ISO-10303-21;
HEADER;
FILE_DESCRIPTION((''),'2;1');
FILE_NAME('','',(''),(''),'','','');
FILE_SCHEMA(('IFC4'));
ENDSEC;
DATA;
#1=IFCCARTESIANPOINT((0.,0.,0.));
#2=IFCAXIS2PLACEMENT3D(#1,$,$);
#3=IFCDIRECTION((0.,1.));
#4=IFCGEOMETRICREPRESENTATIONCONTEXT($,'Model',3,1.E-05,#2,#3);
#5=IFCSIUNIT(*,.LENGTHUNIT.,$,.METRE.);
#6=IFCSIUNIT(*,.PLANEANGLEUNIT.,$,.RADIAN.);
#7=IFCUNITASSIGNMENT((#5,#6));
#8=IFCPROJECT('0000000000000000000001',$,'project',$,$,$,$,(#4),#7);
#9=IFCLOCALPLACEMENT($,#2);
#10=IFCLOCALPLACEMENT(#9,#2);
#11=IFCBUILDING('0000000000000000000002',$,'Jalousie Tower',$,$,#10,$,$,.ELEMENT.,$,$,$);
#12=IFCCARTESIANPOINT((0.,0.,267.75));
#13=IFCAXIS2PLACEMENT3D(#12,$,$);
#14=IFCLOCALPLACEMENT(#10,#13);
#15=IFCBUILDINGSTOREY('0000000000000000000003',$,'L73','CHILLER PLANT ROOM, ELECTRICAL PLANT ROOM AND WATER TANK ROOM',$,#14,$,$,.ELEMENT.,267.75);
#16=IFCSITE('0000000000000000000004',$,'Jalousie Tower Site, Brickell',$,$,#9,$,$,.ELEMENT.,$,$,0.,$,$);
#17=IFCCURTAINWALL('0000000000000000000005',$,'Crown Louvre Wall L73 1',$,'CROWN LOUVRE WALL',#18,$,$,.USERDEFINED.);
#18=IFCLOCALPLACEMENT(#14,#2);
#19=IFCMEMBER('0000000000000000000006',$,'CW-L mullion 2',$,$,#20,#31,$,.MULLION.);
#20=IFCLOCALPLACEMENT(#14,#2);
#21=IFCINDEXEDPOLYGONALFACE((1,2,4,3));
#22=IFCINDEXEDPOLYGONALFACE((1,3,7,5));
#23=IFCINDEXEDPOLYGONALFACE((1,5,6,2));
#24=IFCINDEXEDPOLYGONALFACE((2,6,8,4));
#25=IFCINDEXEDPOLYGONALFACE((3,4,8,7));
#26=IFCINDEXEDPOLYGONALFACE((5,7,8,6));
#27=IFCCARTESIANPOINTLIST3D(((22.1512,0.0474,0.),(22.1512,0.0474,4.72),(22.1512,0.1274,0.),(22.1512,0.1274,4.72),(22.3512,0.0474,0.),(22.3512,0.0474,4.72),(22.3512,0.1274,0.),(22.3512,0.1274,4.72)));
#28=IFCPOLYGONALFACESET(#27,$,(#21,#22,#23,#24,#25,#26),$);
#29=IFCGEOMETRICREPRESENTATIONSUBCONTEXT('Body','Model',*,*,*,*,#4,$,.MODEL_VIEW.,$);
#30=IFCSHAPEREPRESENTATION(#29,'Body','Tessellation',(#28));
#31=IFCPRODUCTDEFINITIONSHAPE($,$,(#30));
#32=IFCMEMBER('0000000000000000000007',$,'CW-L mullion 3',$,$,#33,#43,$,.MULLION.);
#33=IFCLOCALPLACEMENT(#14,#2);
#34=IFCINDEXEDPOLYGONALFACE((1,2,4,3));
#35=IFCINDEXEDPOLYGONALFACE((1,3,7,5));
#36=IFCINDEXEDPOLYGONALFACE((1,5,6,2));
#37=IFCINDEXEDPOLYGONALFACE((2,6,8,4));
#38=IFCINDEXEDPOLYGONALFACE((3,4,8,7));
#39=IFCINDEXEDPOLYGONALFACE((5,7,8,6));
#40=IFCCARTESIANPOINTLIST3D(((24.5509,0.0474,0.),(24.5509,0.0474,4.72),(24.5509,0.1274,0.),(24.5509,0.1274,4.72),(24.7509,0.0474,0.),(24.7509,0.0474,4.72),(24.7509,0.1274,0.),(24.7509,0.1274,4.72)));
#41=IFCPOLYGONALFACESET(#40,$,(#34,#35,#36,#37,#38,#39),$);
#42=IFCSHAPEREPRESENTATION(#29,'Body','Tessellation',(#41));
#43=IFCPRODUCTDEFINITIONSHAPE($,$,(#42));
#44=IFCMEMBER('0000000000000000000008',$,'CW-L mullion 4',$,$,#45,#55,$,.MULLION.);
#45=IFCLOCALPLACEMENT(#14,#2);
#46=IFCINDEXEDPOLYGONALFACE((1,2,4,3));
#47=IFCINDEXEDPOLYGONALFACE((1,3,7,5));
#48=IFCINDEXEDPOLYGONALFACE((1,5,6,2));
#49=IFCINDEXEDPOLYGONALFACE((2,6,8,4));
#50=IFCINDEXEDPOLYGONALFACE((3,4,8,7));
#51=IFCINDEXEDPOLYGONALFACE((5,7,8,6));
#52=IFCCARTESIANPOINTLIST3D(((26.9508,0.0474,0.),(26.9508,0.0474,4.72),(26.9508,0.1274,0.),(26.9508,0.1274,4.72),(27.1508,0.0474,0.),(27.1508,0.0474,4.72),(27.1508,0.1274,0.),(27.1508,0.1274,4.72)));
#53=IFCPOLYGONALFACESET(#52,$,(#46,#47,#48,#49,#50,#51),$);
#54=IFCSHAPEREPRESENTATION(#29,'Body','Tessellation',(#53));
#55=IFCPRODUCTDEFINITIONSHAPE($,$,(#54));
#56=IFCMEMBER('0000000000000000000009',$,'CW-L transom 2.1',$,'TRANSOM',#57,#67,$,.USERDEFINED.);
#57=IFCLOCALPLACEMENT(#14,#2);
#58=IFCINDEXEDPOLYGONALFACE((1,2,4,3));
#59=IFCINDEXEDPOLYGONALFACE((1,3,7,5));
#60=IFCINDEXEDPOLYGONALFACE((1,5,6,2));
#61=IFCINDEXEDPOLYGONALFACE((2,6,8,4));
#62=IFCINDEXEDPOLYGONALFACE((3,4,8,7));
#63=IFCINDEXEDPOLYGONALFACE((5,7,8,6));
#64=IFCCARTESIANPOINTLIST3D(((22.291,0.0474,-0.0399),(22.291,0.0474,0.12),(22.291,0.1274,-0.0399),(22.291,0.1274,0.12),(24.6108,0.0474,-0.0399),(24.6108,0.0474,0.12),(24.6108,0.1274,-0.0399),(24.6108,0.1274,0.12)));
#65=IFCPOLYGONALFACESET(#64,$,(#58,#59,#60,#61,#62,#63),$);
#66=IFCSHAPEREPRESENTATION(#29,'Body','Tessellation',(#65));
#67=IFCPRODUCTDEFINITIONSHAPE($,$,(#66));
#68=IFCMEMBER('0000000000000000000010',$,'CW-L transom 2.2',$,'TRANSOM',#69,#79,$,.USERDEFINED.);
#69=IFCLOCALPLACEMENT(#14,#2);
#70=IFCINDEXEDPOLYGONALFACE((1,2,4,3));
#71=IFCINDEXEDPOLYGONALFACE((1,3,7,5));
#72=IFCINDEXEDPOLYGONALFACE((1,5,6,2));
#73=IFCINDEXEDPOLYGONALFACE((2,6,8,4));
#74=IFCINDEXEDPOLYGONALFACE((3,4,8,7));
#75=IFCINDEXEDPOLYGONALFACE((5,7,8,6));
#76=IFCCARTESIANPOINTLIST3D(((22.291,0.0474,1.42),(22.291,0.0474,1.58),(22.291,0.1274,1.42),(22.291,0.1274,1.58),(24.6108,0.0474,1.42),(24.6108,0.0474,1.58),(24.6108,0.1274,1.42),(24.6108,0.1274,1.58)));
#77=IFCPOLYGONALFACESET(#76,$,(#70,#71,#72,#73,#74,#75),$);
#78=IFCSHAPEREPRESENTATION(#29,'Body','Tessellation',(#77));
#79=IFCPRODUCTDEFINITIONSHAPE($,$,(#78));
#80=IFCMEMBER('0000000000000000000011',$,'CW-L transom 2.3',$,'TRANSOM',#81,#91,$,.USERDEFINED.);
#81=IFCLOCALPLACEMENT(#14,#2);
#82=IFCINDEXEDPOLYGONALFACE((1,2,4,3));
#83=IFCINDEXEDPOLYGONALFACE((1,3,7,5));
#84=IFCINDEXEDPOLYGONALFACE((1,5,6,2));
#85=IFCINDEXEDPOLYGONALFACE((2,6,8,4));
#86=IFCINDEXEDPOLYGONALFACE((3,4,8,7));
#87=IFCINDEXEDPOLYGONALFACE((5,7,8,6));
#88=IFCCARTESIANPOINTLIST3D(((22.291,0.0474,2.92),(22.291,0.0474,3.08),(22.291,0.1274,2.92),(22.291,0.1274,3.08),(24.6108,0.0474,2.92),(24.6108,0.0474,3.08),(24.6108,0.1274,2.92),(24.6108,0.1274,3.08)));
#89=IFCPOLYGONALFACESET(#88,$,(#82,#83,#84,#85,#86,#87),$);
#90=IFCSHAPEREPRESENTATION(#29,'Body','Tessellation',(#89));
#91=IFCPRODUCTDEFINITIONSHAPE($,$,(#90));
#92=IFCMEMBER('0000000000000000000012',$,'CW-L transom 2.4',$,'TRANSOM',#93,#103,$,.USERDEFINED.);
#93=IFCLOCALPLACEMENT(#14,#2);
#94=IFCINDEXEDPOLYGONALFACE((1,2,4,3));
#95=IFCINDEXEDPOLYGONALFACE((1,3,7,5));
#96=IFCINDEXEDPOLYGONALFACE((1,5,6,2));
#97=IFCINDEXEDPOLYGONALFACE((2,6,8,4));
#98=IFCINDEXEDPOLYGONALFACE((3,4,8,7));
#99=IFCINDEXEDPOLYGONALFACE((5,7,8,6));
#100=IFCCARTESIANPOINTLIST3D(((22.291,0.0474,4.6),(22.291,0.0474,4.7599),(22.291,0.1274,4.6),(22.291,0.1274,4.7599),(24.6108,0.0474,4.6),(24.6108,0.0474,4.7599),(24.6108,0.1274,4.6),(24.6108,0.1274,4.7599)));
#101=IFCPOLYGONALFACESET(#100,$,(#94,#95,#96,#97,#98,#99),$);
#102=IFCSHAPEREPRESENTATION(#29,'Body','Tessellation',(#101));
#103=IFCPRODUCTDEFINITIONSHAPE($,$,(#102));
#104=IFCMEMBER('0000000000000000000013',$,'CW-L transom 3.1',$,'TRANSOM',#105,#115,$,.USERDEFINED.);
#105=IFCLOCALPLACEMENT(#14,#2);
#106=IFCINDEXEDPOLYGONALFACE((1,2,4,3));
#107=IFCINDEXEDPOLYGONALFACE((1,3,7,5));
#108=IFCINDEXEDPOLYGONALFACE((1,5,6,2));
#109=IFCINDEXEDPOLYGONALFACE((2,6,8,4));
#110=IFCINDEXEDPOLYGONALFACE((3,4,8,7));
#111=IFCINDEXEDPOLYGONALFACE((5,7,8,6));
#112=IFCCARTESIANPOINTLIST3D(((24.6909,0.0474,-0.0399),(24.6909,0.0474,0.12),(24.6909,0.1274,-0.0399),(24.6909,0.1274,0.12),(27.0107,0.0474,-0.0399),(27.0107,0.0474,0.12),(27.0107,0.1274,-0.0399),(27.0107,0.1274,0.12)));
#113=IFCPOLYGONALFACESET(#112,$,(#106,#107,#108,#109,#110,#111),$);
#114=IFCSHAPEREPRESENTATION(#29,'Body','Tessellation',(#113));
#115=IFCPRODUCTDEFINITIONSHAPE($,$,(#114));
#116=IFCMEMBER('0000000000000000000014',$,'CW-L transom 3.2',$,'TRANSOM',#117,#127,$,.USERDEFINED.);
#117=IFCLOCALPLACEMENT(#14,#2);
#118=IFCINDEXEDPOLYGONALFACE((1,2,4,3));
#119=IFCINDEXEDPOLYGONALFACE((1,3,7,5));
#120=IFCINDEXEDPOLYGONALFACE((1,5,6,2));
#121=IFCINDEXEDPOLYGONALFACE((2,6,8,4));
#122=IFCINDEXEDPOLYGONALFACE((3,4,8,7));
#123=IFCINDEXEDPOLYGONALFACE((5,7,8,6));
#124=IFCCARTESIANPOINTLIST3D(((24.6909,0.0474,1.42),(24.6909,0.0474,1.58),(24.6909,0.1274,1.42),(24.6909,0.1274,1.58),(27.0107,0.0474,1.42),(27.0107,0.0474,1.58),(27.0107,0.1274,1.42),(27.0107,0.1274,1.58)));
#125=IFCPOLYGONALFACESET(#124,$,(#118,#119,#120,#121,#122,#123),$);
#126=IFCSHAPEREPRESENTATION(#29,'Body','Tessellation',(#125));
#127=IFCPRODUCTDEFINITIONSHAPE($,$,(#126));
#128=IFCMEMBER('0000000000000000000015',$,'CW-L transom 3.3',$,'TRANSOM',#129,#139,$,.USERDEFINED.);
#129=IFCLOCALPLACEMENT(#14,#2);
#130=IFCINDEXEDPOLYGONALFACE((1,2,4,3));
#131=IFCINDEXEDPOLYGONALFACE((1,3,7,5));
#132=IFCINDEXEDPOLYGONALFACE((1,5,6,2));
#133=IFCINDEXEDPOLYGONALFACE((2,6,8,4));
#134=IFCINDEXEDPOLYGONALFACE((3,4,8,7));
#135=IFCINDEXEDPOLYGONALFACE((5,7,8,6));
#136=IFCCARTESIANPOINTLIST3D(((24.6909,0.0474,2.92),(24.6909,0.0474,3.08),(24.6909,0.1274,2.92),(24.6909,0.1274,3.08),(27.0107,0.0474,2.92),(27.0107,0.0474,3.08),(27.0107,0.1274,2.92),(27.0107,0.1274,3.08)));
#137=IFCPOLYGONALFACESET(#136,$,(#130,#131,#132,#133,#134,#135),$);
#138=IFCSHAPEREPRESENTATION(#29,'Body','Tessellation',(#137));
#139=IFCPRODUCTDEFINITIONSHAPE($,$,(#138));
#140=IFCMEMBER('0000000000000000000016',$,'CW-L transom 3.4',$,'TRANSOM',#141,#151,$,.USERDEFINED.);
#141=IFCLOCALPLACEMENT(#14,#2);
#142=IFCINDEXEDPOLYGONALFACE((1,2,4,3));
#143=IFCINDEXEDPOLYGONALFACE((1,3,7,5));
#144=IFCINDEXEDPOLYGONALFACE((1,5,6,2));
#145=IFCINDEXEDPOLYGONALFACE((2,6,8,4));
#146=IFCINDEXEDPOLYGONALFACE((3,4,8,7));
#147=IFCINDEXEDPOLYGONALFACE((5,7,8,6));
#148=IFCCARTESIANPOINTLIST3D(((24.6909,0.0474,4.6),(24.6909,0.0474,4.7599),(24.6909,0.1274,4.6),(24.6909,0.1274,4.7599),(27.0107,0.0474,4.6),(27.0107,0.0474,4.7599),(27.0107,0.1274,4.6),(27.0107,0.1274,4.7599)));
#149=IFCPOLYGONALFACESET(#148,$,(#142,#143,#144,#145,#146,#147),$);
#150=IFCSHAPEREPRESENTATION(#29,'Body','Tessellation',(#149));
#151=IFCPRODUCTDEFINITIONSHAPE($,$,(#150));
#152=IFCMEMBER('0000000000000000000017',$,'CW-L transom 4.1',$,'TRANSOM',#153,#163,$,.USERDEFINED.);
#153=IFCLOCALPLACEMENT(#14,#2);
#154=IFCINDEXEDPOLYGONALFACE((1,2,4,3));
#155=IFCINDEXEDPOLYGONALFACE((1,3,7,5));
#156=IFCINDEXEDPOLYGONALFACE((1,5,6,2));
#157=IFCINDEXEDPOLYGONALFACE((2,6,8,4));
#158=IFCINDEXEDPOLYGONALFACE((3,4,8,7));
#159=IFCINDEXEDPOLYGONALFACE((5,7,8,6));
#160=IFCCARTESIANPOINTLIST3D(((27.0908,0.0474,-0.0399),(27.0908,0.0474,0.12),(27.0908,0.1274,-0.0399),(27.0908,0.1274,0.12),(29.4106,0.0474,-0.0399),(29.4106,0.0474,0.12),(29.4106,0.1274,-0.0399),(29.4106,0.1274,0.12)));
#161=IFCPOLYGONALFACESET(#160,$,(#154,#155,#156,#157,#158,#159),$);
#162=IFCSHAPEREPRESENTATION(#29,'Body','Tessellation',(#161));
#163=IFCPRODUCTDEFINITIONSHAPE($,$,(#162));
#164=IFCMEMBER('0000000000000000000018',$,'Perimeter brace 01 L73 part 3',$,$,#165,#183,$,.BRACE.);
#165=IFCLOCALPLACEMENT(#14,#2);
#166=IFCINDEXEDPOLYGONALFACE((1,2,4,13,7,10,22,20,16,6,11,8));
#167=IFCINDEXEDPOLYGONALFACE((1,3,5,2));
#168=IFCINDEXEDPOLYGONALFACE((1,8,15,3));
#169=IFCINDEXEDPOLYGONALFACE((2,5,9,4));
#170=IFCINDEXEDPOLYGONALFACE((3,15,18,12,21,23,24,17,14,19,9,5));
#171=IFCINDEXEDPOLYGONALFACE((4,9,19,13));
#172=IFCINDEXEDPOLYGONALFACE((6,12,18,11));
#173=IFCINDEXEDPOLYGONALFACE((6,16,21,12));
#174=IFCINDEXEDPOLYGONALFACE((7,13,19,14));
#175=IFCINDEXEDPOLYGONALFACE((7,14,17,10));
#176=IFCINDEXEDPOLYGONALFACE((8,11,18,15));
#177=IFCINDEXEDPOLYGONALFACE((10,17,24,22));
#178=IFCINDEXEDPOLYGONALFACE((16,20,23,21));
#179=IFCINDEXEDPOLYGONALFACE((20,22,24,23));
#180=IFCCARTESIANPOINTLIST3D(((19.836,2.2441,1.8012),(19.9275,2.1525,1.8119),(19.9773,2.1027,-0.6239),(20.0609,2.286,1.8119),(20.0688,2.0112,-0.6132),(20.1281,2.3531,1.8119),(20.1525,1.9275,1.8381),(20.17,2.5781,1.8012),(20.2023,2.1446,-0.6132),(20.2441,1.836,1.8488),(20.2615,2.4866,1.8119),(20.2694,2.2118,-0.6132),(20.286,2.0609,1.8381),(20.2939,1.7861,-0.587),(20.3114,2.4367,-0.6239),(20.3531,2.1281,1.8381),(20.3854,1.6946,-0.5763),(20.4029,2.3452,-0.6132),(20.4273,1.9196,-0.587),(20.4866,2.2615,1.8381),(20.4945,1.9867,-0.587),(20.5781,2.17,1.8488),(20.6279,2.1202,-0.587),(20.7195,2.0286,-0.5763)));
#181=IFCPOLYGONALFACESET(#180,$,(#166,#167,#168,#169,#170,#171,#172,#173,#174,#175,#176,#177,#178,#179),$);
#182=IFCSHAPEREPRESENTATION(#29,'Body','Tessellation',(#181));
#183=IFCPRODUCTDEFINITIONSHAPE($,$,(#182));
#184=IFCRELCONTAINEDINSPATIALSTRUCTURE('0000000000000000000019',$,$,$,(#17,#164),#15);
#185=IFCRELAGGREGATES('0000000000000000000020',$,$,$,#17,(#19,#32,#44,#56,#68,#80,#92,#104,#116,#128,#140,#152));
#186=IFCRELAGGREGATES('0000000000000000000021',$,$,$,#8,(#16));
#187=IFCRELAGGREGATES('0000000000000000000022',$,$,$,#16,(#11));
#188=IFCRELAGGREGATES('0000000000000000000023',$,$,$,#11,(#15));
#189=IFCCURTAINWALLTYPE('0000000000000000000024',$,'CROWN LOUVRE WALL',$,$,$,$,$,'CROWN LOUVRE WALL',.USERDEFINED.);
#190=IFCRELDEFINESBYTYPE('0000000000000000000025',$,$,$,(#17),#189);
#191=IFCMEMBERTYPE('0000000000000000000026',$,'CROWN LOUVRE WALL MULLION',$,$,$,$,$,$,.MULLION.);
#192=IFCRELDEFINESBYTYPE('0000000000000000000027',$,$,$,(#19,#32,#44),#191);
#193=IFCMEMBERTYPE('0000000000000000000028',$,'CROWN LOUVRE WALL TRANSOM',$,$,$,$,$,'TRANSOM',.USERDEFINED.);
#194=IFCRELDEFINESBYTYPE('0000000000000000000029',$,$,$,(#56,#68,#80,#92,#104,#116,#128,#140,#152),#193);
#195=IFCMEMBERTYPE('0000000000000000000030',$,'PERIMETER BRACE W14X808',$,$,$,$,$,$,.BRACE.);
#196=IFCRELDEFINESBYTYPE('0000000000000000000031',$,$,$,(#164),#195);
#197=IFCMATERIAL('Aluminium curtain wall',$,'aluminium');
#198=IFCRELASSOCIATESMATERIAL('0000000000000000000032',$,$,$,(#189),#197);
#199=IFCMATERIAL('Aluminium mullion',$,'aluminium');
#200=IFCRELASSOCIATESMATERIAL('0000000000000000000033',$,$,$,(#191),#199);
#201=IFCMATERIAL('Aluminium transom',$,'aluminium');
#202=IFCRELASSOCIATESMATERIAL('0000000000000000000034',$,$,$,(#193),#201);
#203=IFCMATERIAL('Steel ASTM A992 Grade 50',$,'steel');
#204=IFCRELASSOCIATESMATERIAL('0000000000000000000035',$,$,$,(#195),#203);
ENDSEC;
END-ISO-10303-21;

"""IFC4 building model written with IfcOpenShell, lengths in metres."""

from ifc_helpers import new_model, si_unit, direction, frame, origin, origin_2d, place, context, subcontext, project, spatial, rectangle, i_section, extrude, material, material_profile, profile_set, type_object, element, aggregate, save


model = new_model("IFC4")

# Units and contexts
model_context = context("Model", 3, precision=1e-05, world=origin(), true_north=direction((0.0, 1.0)))
body_context = subcontext(model_context, "Body", "Model", "MODEL_VIEW")
ifc_project = project(units=[si_unit("LENGTHUNIT", "METRE"), si_unit("PLANEANGLEUNIT", "RADIAN")], contexts=[model_context])

# Site, building, storey
site_placement = place(None, origin())
site = spatial("IfcSite", under=ifc_project, at=site_placement, Name="Jalousie Tower Site, Brickell", CompositionType="ELEMENT", RefElevation=0.0)
building_placement = place(site_placement, origin())
building = spatial("IfcBuilding", under=site, at=building_placement, Name="Jalousie Tower", CompositionType="ELEMENT")
storey_placement = place(building_placement, frame((0.0, 0.0, 267.75)))
storey = spatial("IfcBuildingStorey", under=building, at=storey_placement, Name="L73", Description="CHILLER PLANT ROOM, ELECTRICAL PLANT ROOM AND WATER TANK ROOM", CompositionType="ELEMENT", Elevation=267.75)

# Curtain wall, members
ifc_material_1 = material(Name="Aluminium curtain wall", Category="aluminium")
curtain_wall_type = type_object("IfcCurtainWallType", Name="CROWN LOUVRE WALL", ElementType="CROWN LOUVRE WALL", PredefinedType="USERDEFINED", material=ifc_material_1)
curtain_wall_placement = place(storey_placement, origin())
curtain_wall = element("IfcCurtainWall", 1, at=curtain_wall_placement, inside=storey, type_object=curtain_wall_type, Name="Crown Louvre Wall L73 1", ObjectType="CROWN LOUVRE WALL", PredefinedType="USERDEFINED")
ifc_material_2 = material(Name="Aluminium mullion", Category="aluminium")
ifc_material_profile_1 = material_profile(ifc_material_2, rectangle(XDim=0.0801, YDim=0.2, at=origin_2d()), Name="MULLION 80x200")
ifc_profile_set_1 = profile_set([ifc_material_profile_1], Name="Aluminium mullion")
member_type_1 = type_object("IfcMemberType", Name="CROWN LOUVRE WALL MULLION", PredefinedType="MULLION", material=ifc_profile_set_1)
member_1_placement = place(storey_placement, frame((22.2512, 0.0874, 0.0), z_axis=(0.0, 0.0, 1.0), x_axis=(0.0, 1.0, 0.0)))
member_1 = element("IfcMember", 2, at=member_1_placement, type_object=member_type_1, Name="CW-L mullion 2", PredefinedType="MULLION", context=body_context, shape_type="SweptSolid", body=[
    extrude(rectangle(XDim=0.0801, YDim=0.2, at=origin_2d()), origin(), (0.0, 0.0, 1.0), 4.72),
])
member_2_placement = place(storey_placement, frame((24.6509, 0.0874, 0.0), z_axis=(0.0, 0.0, 1.0), x_axis=(0.0, 1.0, 0.0)))
member_2 = element("IfcMember", 3, at=member_2_placement, type_object=member_type_1, Name="CW-L mullion 3", PredefinedType="MULLION", context=body_context, shape_type="SweptSolid", body=[
    extrude(rectangle(XDim=0.0801, YDim=0.2, at=origin_2d()), origin(), (0.0, 0.0, 1.0), 4.72),
])
member_3_placement = place(storey_placement, frame((27.0508, 0.0874, 0.0), z_axis=(0.0, 0.0, 1.0), x_axis=(0.0, 1.0, 0.0)))
member_3 = element("IfcMember", 4, at=member_3_placement, type_object=member_type_1, Name="CW-L mullion 4", PredefinedType="MULLION", context=body_context, shape_type="SweptSolid", body=[
    extrude(rectangle(XDim=0.0801, YDim=0.2, at=origin_2d()), origin(), (0.0, 0.0, 1.0), 4.72),
])
ifc_material_3 = material(Name="Aluminium transom", Category="aluminium")
ifc_material_profile_2 = material_profile(ifc_material_3, rectangle(XDim=0.0801, YDim=0.1599, at=origin_2d()), Name="TRANSOM 80x160")
ifc_profile_set_2 = profile_set([ifc_material_profile_2], Name="Aluminium transom")
member_type_2 = type_object("IfcMemberType", Name="CROWN LOUVRE WALL TRANSOM", ElementType="TRANSOM", PredefinedType="USERDEFINED", material=ifc_profile_set_2)
member_4_placement = place(storey_placement, frame((22.291, 0.0874, 0.04), z_axis=(1.0, 0.0, 0.0), x_axis=(0.0, 1.0, 0.0)))
member_4 = element("IfcMember", 5, at=member_4_placement, type_object=member_type_2, Name="CW-L transom 2.1", ObjectType="TRANSOM", PredefinedType="USERDEFINED", context=body_context, shape_type="SweptSolid", body=[
    extrude(rectangle(XDim=0.0801, YDim=0.1599, at=origin_2d()), origin(), (0.0, 0.0, 1.0), 2.3198),
])
member_5_placement = place(storey_placement, frame((22.291, 0.0874, 1.5), z_axis=(1.0, 0.0, 0.0), x_axis=(0.0, 1.0, 0.0)))
member_5 = element("IfcMember", 6, at=member_5_placement, type_object=member_type_2, Name="CW-L transom 2.2", ObjectType="TRANSOM", PredefinedType="USERDEFINED", context=body_context, shape_type="SweptSolid", body=[
    extrude(rectangle(XDim=0.0801, YDim=0.1599, at=origin_2d()), origin(), (0.0, 0.0, 1.0), 2.3198),
])
member_6_placement = place(storey_placement, frame((22.291, 0.0874, 3.0), z_axis=(1.0, 0.0, 0.0), x_axis=(0.0, 1.0, 0.0)))
member_6 = element("IfcMember", 7, at=member_6_placement, type_object=member_type_2, Name="CW-L transom 2.3", ObjectType="TRANSOM", PredefinedType="USERDEFINED", context=body_context, shape_type="SweptSolid", body=[
    extrude(rectangle(XDim=0.0801, YDim=0.1599, at=origin_2d()), origin(), (0.0, 0.0, 1.0), 2.3198),
])
member_7_placement = place(storey_placement, frame((22.291, 0.0874, 4.6799), z_axis=(1.0, 0.0, 0.0), x_axis=(0.0, 1.0, 0.0)))
member_7 = element("IfcMember", 8, at=member_7_placement, type_object=member_type_2, Name="CW-L transom 2.4", ObjectType="TRANSOM", PredefinedType="USERDEFINED", context=body_context, shape_type="SweptSolid", body=[
    extrude(rectangle(XDim=0.0801, YDim=0.1599, at=origin_2d()), origin(), (0.0, 0.0, 1.0), 2.3198),
])
member_8_placement = place(storey_placement, frame((24.6909, 0.0874, 0.04), z_axis=(1.0, 0.0, 0.0), x_axis=(0.0, 1.0, 0.0)))
member_8 = element("IfcMember", 9, at=member_8_placement, type_object=member_type_2, Name="CW-L transom 3.1", ObjectType="TRANSOM", PredefinedType="USERDEFINED", context=body_context, shape_type="SweptSolid", body=[
    extrude(rectangle(XDim=0.0801, YDim=0.1599, at=origin_2d()), origin(), (0.0, 0.0, 1.0), 2.3198),
])
member_9_placement = place(storey_placement, frame((24.6909, 0.0874, 1.5), z_axis=(1.0, 0.0, 0.0), x_axis=(0.0, 1.0, 0.0)))
member_9 = element("IfcMember", 10, at=member_9_placement, type_object=member_type_2, Name="CW-L transom 3.2", ObjectType="TRANSOM", PredefinedType="USERDEFINED", context=body_context, shape_type="SweptSolid", body=[
    extrude(rectangle(XDim=0.0801, YDim=0.1599, at=origin_2d()), origin(), (0.0, 0.0, 1.0), 2.3198),
])
member_10_placement = place(storey_placement, frame((24.6909, 0.0874, 3.0), z_axis=(1.0, 0.0, 0.0), x_axis=(0.0, 1.0, 0.0)))
member_10 = element("IfcMember", 11, at=member_10_placement, type_object=member_type_2, Name="CW-L transom 3.3", ObjectType="TRANSOM", PredefinedType="USERDEFINED", context=body_context, shape_type="SweptSolid", body=[
    extrude(rectangle(XDim=0.0801, YDim=0.1599, at=origin_2d()), origin(), (0.0, 0.0, 1.0), 2.3198),
])
member_11_placement = place(storey_placement, frame((24.6909, 0.0874, 4.6799), z_axis=(1.0, 0.0, 0.0), x_axis=(0.0, 1.0, 0.0)))
member_11 = element("IfcMember", 12, at=member_11_placement, type_object=member_type_2, Name="CW-L transom 3.4", ObjectType="TRANSOM", PredefinedType="USERDEFINED", context=body_context, shape_type="SweptSolid", body=[
    extrude(rectangle(XDim=0.0801, YDim=0.1599, at=origin_2d()), origin(), (0.0, 0.0, 1.0), 2.3198),
])
member_12_placement = place(storey_placement, frame((27.0908, 0.0874, 0.04), z_axis=(1.0, 0.0, 0.0), x_axis=(0.0, 1.0, 0.0)))
member_12 = element("IfcMember", 13, at=member_12_placement, type_object=member_type_2, Name="CW-L transom 4.1", ObjectType="TRANSOM", PredefinedType="USERDEFINED", context=body_context, shape_type="SweptSolid", body=[
    extrude(rectangle(XDim=0.0801, YDim=0.1599, at=origin_2d()), origin(), (0.0, 0.0, 1.0), 2.3198),
])

# Member
ifc_material_4 = material(Name="Steel ASTM A992 Grade 50", Category="steel")
ifc_material_profile_3 = material_profile(ifc_material_4, i_section(OverallWidth=0.4724, OverallDepth=0.5791, WebThickness=0.095, FlangeThickness=0.1299, at=origin_2d()), Name="W14X808")
ifc_profile_set_3 = profile_set([ifc_material_profile_3], Name="Steel ASTM A992 Grade 50")
member_type_3 = type_object("IfcMemberType", Name="PERIMETER BRACE W14X808", PredefinedType="BRACE", material=ifc_profile_set_3)
member_13_placement = place(storey_placement, frame((20.3484, 2.0657, -0.6001), z_axis=(-0.058093, 0.058093, 0.996619), x_axis=(-0.707107, -0.707107, 0.0)))
element("IfcMember", 14, at=member_13_placement, inside=storey, type_object=member_type_3, Name="Perimeter brace 01 L73 part 3", PredefinedType="BRACE", context=body_context, shape_type="SweptSolid", body=[
    extrude(i_section(OverallWidth=0.4724, OverallDepth=0.5791, WebThickness=0.095, FlangeThickness=0.1299, at=origin_2d()), origin(), (0.0, 0.0, 1.0), 2.4333),
])

aggregate(curtain_wall, [member_1, member_2, member_3, member_4, member_5, member_6, member_7, member_8, member_9, member_10, member_11, member_12])

save(model, "model.ifc")
